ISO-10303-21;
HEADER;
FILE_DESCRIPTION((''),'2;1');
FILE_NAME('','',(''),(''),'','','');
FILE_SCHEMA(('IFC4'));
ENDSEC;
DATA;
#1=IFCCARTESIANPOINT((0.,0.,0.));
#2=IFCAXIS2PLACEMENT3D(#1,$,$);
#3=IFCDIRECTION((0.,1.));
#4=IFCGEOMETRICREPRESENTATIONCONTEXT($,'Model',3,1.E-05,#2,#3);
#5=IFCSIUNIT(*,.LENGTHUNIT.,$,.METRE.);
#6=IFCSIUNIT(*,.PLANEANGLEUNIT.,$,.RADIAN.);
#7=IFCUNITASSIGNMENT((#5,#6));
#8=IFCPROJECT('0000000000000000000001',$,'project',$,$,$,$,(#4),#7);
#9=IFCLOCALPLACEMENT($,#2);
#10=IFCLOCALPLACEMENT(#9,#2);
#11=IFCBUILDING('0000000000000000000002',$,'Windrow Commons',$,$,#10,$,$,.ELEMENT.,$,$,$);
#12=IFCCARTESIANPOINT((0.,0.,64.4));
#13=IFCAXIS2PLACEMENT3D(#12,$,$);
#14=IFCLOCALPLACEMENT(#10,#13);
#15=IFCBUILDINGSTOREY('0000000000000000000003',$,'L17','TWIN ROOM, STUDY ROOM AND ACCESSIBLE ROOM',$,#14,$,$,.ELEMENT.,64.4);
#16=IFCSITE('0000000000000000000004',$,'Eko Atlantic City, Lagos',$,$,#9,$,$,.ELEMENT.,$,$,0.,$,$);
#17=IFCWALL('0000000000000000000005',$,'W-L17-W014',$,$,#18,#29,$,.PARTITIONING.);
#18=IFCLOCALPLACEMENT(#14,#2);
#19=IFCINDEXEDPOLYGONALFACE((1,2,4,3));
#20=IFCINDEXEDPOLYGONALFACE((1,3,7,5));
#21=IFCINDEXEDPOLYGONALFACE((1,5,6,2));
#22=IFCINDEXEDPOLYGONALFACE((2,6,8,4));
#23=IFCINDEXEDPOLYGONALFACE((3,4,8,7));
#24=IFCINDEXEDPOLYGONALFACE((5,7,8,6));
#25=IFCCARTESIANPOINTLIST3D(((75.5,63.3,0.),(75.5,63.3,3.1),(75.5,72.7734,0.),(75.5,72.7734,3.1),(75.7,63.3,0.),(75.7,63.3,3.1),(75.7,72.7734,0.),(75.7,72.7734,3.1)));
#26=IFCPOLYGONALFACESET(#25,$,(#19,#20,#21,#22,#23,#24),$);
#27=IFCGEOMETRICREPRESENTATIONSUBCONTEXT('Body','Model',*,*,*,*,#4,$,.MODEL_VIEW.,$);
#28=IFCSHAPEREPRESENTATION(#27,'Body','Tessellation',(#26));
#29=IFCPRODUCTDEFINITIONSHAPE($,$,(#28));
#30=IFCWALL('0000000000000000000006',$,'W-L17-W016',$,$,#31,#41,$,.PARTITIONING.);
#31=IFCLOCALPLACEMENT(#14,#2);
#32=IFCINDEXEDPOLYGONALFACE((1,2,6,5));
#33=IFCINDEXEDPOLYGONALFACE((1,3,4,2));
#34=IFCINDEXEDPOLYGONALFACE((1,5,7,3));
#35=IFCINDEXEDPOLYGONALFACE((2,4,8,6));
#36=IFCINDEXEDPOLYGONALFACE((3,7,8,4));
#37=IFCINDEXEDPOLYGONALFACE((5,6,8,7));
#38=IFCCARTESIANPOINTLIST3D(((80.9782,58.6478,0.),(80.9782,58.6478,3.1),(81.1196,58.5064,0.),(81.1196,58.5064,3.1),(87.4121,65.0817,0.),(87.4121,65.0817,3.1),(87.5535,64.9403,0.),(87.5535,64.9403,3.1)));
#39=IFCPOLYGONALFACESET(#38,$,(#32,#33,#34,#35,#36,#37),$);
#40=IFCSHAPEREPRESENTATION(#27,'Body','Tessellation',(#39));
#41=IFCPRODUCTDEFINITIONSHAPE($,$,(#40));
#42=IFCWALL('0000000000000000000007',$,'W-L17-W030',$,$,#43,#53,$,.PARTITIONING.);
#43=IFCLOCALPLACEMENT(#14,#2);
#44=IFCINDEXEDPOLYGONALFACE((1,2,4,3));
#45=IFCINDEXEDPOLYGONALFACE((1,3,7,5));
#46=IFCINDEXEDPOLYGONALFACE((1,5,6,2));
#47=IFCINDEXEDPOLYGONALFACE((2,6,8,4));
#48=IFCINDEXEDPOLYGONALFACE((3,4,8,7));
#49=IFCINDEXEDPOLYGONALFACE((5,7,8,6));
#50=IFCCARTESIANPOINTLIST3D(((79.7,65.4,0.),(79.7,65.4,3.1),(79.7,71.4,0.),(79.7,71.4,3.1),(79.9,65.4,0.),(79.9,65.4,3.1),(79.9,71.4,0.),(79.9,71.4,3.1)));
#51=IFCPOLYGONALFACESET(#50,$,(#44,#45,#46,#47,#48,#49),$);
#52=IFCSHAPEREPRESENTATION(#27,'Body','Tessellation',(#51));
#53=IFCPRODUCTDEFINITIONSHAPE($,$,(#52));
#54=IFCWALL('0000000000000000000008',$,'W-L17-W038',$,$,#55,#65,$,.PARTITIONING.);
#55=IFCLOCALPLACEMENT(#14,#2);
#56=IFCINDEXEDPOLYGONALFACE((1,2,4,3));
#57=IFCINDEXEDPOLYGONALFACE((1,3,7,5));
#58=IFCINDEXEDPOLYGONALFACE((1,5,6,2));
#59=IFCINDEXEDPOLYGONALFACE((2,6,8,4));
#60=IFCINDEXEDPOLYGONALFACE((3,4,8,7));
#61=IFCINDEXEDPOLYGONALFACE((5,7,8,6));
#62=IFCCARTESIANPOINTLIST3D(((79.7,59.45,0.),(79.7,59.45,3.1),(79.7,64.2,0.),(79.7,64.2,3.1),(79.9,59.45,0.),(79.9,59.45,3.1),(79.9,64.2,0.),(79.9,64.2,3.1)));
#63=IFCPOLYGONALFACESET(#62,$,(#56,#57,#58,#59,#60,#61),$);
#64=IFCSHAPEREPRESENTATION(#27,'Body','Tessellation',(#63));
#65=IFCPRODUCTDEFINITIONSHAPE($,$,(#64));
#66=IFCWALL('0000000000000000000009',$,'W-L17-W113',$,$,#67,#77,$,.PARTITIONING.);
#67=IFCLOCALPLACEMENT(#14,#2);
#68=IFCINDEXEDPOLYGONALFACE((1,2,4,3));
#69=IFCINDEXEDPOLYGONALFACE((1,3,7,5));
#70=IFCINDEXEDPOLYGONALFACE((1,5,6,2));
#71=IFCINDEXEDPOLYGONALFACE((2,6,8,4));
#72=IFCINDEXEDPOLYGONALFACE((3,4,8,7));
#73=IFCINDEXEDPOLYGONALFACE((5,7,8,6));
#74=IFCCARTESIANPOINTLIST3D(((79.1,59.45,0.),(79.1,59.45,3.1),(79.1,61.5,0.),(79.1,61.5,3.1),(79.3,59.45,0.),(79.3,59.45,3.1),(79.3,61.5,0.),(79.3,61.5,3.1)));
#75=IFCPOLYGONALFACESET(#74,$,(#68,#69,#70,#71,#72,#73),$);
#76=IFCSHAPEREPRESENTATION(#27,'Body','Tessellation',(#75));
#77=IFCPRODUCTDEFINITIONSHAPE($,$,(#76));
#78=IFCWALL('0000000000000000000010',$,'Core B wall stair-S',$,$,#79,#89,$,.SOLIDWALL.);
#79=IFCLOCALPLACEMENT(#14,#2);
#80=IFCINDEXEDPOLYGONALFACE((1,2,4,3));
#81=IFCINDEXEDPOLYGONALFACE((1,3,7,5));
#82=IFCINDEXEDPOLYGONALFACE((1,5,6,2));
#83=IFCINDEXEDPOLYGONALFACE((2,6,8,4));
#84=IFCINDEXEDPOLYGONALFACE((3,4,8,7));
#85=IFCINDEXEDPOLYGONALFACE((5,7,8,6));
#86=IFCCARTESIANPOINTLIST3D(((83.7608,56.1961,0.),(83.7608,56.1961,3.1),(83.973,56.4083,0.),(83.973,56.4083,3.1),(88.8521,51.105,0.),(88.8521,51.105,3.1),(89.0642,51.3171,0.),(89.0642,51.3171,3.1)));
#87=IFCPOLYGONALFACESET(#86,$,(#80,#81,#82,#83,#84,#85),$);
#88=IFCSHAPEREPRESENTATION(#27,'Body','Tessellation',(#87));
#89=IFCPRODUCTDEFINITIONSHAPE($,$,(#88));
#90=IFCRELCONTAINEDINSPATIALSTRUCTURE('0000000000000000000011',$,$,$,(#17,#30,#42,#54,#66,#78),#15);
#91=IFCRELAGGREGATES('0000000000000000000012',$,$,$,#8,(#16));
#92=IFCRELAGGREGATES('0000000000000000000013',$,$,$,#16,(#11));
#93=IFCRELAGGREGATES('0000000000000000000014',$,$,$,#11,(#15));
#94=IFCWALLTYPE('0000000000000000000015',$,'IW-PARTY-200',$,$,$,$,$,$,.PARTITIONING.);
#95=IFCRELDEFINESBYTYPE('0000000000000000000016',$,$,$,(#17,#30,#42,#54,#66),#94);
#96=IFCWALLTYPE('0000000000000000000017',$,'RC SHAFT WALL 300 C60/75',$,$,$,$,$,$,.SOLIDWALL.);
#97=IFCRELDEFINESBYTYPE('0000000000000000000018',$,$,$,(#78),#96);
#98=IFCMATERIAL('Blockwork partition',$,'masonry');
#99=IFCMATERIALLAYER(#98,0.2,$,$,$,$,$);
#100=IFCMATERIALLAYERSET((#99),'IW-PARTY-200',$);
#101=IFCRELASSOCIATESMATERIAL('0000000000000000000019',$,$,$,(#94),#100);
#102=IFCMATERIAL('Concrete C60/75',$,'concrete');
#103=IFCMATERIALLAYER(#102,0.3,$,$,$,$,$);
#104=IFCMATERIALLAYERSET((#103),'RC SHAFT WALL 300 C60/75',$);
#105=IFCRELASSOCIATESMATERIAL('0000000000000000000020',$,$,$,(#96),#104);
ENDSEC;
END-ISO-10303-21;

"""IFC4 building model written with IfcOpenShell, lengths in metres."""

from ifc_helpers import new_model, si_unit, direction, frame, frame_2d, origin, place, context, subcontext, project, spatial, rectangle, extrude, material, layer, layer_set, type_object, element, save


model = new_model("IFC4")

# Units and contexts
model_context = context("Model", 3, precision=1e-05, world=origin(), true_north=direction((0.0, 1.0)))
body_context = subcontext(model_context, "Body", "Model", "MODEL_VIEW")
ifc_project = project(units=[si_unit("LENGTHUNIT", "METRE"), si_unit("PLANEANGLEUNIT", "RADIAN")], contexts=[model_context])

# Site, building, storey
site_placement = place(None, origin())
site = spatial("IfcSite", under=ifc_project, at=site_placement, Name="Eko Atlantic City, Lagos", CompositionType="ELEMENT", RefElevation=0.0)
building_placement = place(site_placement, origin())
building = spatial("IfcBuilding", under=site, at=building_placement, Name="Windrow Commons", CompositionType="ELEMENT")
storey_placement = place(building_placement, frame((0.0, 0.0, 64.4)))
storey = spatial("IfcBuildingStorey", under=building, at=storey_placement, Name="L17", Description="TWIN ROOM, STUDY ROOM AND ACCESSIBLE ROOM", CompositionType="ELEMENT", Elevation=64.4)

# Walls
ifc_material_1 = material(Name="Blockwork partition", Category="masonry")
ifc_layer_1 = layer(ifc_material_1, 0.2)
ifc_layer_set_1 = layer_set([ifc_layer_1], Name="IW-PARTY-200")
wall_type_1 = type_object("IfcWallType", Name="IW-PARTY-200", PredefinedType="PARTITIONING", material=ifc_layer_set_1)
wall_1_placement = place(storey_placement, frame((75.6, 63.3, 0.0), z_axis=(0.0, 0.0, 1.0), x_axis=(0.0, 1.0, 0.0)))
element("IfcWall", 1, at=wall_1_placement, inside=storey, type_object=wall_type_1, Name="W-L17-W014", PredefinedType="PARTITIONING", context=body_context, shape_type="SweptSolid", body=[
    extrude(rectangle(XDim=9.4734, YDim=0.2, at=frame_2d((4.7367, 0.0))), origin(), (0.0, 0.0, 1.0), 3.1),
])
wall_2_placement = place(storey_placement, frame((81.0489, 58.5771, 0.0), z_axis=(0.0, 0.0, 1.0), x_axis=(0.707107, 0.707107, 0.0)))
element("IfcWall", 2, at=wall_2_placement, inside=storey, type_object=wall_type_1, Name="W-L17-W016", PredefinedType="PARTITIONING", context=body_context, shape_type="SweptSolid", body=[
    extrude(rectangle(XDim=9.0989, YDim=0.2, at=frame_2d((4.5495, 0.0))), origin(), (0.0, 0.0, 1.0), 3.1),
])
wall_3_placement = place(storey_placement, frame((79.8, 65.4, 0.0), z_axis=(0.0, 0.0, 1.0), x_axis=(0.0, 1.0, 0.0)))
element("IfcWall", 3, at=wall_3_placement, inside=storey, type_object=wall_type_1, Name="W-L17-W030", PredefinedType="PARTITIONING", context=body_context, shape_type="SweptSolid", body=[
    extrude(rectangle(XDim=6.0, YDim=0.2, at=frame_2d((3.0, 0.0))), origin(), (0.0, 0.0, 1.0), 3.1),
])
wall_4_placement = place(storey_placement, frame((79.8, 59.45, 0.0), z_axis=(0.0, 0.0, 1.0), x_axis=(0.0, 1.0, 0.0)))
element("IfcWall", 4, at=wall_4_placement, inside=storey, type_object=wall_type_1, Name="W-L17-W038", PredefinedType="PARTITIONING", context=body_context, shape_type="SweptSolid", body=[
    extrude(rectangle(XDim=4.75, YDim=0.2, at=frame_2d((2.375, 0.0))), origin(), (0.0, 0.0, 1.0), 3.1),
])
wall_5_placement = place(storey_placement, frame((79.2, 59.45, 0.0), z_axis=(0.0, 0.0, 1.0), x_axis=(0.0, 1.0, 0.0)))
element("IfcWall", 5, at=wall_5_placement, inside=storey, type_object=wall_type_1, Name="W-L17-W113", PredefinedType="PARTITIONING", context=body_context, shape_type="SweptSolid", body=[
    extrude(rectangle(XDim=2.05, YDim=0.2, at=frame_2d((1.025, 0.0))), origin(), (0.0, 0.0, 1.0), 3.1),
])
ifc_material_2 = material(Name="Concrete C60/75", Category="concrete")
ifc_layer_2 = layer(ifc_material_2, 0.3)
ifc_layer_set_2 = layer_set([ifc_layer_2], Name="RC SHAFT WALL 300 C60/75")
wall_type_2 = type_object("IfcWallType", Name="RC SHAFT WALL 300 C60/75", PredefinedType="SOLIDWALL", material=ifc_layer_set_2)
wall_6_placement = place(storey_placement, frame((83.8669, 56.3022, 0.0), z_axis=(0.0, 0.0, 1.0), x_axis=(0.707114, -0.7071, 0.0)))
element("IfcWall", 6, at=wall_6_placement, inside=storey, type_object=wall_type_2, Name="Core B wall stair-S", PredefinedType="SOLIDWALL", context=body_context, shape_type="SweptSolid", body=[
    extrude(rectangle(XDim=7.2, YDim=0.3, at=frame_2d((3.6, 0.0))), origin(), (0.0, 0.0, 1.0), 3.1),
])

save(model, "model.ifc")
